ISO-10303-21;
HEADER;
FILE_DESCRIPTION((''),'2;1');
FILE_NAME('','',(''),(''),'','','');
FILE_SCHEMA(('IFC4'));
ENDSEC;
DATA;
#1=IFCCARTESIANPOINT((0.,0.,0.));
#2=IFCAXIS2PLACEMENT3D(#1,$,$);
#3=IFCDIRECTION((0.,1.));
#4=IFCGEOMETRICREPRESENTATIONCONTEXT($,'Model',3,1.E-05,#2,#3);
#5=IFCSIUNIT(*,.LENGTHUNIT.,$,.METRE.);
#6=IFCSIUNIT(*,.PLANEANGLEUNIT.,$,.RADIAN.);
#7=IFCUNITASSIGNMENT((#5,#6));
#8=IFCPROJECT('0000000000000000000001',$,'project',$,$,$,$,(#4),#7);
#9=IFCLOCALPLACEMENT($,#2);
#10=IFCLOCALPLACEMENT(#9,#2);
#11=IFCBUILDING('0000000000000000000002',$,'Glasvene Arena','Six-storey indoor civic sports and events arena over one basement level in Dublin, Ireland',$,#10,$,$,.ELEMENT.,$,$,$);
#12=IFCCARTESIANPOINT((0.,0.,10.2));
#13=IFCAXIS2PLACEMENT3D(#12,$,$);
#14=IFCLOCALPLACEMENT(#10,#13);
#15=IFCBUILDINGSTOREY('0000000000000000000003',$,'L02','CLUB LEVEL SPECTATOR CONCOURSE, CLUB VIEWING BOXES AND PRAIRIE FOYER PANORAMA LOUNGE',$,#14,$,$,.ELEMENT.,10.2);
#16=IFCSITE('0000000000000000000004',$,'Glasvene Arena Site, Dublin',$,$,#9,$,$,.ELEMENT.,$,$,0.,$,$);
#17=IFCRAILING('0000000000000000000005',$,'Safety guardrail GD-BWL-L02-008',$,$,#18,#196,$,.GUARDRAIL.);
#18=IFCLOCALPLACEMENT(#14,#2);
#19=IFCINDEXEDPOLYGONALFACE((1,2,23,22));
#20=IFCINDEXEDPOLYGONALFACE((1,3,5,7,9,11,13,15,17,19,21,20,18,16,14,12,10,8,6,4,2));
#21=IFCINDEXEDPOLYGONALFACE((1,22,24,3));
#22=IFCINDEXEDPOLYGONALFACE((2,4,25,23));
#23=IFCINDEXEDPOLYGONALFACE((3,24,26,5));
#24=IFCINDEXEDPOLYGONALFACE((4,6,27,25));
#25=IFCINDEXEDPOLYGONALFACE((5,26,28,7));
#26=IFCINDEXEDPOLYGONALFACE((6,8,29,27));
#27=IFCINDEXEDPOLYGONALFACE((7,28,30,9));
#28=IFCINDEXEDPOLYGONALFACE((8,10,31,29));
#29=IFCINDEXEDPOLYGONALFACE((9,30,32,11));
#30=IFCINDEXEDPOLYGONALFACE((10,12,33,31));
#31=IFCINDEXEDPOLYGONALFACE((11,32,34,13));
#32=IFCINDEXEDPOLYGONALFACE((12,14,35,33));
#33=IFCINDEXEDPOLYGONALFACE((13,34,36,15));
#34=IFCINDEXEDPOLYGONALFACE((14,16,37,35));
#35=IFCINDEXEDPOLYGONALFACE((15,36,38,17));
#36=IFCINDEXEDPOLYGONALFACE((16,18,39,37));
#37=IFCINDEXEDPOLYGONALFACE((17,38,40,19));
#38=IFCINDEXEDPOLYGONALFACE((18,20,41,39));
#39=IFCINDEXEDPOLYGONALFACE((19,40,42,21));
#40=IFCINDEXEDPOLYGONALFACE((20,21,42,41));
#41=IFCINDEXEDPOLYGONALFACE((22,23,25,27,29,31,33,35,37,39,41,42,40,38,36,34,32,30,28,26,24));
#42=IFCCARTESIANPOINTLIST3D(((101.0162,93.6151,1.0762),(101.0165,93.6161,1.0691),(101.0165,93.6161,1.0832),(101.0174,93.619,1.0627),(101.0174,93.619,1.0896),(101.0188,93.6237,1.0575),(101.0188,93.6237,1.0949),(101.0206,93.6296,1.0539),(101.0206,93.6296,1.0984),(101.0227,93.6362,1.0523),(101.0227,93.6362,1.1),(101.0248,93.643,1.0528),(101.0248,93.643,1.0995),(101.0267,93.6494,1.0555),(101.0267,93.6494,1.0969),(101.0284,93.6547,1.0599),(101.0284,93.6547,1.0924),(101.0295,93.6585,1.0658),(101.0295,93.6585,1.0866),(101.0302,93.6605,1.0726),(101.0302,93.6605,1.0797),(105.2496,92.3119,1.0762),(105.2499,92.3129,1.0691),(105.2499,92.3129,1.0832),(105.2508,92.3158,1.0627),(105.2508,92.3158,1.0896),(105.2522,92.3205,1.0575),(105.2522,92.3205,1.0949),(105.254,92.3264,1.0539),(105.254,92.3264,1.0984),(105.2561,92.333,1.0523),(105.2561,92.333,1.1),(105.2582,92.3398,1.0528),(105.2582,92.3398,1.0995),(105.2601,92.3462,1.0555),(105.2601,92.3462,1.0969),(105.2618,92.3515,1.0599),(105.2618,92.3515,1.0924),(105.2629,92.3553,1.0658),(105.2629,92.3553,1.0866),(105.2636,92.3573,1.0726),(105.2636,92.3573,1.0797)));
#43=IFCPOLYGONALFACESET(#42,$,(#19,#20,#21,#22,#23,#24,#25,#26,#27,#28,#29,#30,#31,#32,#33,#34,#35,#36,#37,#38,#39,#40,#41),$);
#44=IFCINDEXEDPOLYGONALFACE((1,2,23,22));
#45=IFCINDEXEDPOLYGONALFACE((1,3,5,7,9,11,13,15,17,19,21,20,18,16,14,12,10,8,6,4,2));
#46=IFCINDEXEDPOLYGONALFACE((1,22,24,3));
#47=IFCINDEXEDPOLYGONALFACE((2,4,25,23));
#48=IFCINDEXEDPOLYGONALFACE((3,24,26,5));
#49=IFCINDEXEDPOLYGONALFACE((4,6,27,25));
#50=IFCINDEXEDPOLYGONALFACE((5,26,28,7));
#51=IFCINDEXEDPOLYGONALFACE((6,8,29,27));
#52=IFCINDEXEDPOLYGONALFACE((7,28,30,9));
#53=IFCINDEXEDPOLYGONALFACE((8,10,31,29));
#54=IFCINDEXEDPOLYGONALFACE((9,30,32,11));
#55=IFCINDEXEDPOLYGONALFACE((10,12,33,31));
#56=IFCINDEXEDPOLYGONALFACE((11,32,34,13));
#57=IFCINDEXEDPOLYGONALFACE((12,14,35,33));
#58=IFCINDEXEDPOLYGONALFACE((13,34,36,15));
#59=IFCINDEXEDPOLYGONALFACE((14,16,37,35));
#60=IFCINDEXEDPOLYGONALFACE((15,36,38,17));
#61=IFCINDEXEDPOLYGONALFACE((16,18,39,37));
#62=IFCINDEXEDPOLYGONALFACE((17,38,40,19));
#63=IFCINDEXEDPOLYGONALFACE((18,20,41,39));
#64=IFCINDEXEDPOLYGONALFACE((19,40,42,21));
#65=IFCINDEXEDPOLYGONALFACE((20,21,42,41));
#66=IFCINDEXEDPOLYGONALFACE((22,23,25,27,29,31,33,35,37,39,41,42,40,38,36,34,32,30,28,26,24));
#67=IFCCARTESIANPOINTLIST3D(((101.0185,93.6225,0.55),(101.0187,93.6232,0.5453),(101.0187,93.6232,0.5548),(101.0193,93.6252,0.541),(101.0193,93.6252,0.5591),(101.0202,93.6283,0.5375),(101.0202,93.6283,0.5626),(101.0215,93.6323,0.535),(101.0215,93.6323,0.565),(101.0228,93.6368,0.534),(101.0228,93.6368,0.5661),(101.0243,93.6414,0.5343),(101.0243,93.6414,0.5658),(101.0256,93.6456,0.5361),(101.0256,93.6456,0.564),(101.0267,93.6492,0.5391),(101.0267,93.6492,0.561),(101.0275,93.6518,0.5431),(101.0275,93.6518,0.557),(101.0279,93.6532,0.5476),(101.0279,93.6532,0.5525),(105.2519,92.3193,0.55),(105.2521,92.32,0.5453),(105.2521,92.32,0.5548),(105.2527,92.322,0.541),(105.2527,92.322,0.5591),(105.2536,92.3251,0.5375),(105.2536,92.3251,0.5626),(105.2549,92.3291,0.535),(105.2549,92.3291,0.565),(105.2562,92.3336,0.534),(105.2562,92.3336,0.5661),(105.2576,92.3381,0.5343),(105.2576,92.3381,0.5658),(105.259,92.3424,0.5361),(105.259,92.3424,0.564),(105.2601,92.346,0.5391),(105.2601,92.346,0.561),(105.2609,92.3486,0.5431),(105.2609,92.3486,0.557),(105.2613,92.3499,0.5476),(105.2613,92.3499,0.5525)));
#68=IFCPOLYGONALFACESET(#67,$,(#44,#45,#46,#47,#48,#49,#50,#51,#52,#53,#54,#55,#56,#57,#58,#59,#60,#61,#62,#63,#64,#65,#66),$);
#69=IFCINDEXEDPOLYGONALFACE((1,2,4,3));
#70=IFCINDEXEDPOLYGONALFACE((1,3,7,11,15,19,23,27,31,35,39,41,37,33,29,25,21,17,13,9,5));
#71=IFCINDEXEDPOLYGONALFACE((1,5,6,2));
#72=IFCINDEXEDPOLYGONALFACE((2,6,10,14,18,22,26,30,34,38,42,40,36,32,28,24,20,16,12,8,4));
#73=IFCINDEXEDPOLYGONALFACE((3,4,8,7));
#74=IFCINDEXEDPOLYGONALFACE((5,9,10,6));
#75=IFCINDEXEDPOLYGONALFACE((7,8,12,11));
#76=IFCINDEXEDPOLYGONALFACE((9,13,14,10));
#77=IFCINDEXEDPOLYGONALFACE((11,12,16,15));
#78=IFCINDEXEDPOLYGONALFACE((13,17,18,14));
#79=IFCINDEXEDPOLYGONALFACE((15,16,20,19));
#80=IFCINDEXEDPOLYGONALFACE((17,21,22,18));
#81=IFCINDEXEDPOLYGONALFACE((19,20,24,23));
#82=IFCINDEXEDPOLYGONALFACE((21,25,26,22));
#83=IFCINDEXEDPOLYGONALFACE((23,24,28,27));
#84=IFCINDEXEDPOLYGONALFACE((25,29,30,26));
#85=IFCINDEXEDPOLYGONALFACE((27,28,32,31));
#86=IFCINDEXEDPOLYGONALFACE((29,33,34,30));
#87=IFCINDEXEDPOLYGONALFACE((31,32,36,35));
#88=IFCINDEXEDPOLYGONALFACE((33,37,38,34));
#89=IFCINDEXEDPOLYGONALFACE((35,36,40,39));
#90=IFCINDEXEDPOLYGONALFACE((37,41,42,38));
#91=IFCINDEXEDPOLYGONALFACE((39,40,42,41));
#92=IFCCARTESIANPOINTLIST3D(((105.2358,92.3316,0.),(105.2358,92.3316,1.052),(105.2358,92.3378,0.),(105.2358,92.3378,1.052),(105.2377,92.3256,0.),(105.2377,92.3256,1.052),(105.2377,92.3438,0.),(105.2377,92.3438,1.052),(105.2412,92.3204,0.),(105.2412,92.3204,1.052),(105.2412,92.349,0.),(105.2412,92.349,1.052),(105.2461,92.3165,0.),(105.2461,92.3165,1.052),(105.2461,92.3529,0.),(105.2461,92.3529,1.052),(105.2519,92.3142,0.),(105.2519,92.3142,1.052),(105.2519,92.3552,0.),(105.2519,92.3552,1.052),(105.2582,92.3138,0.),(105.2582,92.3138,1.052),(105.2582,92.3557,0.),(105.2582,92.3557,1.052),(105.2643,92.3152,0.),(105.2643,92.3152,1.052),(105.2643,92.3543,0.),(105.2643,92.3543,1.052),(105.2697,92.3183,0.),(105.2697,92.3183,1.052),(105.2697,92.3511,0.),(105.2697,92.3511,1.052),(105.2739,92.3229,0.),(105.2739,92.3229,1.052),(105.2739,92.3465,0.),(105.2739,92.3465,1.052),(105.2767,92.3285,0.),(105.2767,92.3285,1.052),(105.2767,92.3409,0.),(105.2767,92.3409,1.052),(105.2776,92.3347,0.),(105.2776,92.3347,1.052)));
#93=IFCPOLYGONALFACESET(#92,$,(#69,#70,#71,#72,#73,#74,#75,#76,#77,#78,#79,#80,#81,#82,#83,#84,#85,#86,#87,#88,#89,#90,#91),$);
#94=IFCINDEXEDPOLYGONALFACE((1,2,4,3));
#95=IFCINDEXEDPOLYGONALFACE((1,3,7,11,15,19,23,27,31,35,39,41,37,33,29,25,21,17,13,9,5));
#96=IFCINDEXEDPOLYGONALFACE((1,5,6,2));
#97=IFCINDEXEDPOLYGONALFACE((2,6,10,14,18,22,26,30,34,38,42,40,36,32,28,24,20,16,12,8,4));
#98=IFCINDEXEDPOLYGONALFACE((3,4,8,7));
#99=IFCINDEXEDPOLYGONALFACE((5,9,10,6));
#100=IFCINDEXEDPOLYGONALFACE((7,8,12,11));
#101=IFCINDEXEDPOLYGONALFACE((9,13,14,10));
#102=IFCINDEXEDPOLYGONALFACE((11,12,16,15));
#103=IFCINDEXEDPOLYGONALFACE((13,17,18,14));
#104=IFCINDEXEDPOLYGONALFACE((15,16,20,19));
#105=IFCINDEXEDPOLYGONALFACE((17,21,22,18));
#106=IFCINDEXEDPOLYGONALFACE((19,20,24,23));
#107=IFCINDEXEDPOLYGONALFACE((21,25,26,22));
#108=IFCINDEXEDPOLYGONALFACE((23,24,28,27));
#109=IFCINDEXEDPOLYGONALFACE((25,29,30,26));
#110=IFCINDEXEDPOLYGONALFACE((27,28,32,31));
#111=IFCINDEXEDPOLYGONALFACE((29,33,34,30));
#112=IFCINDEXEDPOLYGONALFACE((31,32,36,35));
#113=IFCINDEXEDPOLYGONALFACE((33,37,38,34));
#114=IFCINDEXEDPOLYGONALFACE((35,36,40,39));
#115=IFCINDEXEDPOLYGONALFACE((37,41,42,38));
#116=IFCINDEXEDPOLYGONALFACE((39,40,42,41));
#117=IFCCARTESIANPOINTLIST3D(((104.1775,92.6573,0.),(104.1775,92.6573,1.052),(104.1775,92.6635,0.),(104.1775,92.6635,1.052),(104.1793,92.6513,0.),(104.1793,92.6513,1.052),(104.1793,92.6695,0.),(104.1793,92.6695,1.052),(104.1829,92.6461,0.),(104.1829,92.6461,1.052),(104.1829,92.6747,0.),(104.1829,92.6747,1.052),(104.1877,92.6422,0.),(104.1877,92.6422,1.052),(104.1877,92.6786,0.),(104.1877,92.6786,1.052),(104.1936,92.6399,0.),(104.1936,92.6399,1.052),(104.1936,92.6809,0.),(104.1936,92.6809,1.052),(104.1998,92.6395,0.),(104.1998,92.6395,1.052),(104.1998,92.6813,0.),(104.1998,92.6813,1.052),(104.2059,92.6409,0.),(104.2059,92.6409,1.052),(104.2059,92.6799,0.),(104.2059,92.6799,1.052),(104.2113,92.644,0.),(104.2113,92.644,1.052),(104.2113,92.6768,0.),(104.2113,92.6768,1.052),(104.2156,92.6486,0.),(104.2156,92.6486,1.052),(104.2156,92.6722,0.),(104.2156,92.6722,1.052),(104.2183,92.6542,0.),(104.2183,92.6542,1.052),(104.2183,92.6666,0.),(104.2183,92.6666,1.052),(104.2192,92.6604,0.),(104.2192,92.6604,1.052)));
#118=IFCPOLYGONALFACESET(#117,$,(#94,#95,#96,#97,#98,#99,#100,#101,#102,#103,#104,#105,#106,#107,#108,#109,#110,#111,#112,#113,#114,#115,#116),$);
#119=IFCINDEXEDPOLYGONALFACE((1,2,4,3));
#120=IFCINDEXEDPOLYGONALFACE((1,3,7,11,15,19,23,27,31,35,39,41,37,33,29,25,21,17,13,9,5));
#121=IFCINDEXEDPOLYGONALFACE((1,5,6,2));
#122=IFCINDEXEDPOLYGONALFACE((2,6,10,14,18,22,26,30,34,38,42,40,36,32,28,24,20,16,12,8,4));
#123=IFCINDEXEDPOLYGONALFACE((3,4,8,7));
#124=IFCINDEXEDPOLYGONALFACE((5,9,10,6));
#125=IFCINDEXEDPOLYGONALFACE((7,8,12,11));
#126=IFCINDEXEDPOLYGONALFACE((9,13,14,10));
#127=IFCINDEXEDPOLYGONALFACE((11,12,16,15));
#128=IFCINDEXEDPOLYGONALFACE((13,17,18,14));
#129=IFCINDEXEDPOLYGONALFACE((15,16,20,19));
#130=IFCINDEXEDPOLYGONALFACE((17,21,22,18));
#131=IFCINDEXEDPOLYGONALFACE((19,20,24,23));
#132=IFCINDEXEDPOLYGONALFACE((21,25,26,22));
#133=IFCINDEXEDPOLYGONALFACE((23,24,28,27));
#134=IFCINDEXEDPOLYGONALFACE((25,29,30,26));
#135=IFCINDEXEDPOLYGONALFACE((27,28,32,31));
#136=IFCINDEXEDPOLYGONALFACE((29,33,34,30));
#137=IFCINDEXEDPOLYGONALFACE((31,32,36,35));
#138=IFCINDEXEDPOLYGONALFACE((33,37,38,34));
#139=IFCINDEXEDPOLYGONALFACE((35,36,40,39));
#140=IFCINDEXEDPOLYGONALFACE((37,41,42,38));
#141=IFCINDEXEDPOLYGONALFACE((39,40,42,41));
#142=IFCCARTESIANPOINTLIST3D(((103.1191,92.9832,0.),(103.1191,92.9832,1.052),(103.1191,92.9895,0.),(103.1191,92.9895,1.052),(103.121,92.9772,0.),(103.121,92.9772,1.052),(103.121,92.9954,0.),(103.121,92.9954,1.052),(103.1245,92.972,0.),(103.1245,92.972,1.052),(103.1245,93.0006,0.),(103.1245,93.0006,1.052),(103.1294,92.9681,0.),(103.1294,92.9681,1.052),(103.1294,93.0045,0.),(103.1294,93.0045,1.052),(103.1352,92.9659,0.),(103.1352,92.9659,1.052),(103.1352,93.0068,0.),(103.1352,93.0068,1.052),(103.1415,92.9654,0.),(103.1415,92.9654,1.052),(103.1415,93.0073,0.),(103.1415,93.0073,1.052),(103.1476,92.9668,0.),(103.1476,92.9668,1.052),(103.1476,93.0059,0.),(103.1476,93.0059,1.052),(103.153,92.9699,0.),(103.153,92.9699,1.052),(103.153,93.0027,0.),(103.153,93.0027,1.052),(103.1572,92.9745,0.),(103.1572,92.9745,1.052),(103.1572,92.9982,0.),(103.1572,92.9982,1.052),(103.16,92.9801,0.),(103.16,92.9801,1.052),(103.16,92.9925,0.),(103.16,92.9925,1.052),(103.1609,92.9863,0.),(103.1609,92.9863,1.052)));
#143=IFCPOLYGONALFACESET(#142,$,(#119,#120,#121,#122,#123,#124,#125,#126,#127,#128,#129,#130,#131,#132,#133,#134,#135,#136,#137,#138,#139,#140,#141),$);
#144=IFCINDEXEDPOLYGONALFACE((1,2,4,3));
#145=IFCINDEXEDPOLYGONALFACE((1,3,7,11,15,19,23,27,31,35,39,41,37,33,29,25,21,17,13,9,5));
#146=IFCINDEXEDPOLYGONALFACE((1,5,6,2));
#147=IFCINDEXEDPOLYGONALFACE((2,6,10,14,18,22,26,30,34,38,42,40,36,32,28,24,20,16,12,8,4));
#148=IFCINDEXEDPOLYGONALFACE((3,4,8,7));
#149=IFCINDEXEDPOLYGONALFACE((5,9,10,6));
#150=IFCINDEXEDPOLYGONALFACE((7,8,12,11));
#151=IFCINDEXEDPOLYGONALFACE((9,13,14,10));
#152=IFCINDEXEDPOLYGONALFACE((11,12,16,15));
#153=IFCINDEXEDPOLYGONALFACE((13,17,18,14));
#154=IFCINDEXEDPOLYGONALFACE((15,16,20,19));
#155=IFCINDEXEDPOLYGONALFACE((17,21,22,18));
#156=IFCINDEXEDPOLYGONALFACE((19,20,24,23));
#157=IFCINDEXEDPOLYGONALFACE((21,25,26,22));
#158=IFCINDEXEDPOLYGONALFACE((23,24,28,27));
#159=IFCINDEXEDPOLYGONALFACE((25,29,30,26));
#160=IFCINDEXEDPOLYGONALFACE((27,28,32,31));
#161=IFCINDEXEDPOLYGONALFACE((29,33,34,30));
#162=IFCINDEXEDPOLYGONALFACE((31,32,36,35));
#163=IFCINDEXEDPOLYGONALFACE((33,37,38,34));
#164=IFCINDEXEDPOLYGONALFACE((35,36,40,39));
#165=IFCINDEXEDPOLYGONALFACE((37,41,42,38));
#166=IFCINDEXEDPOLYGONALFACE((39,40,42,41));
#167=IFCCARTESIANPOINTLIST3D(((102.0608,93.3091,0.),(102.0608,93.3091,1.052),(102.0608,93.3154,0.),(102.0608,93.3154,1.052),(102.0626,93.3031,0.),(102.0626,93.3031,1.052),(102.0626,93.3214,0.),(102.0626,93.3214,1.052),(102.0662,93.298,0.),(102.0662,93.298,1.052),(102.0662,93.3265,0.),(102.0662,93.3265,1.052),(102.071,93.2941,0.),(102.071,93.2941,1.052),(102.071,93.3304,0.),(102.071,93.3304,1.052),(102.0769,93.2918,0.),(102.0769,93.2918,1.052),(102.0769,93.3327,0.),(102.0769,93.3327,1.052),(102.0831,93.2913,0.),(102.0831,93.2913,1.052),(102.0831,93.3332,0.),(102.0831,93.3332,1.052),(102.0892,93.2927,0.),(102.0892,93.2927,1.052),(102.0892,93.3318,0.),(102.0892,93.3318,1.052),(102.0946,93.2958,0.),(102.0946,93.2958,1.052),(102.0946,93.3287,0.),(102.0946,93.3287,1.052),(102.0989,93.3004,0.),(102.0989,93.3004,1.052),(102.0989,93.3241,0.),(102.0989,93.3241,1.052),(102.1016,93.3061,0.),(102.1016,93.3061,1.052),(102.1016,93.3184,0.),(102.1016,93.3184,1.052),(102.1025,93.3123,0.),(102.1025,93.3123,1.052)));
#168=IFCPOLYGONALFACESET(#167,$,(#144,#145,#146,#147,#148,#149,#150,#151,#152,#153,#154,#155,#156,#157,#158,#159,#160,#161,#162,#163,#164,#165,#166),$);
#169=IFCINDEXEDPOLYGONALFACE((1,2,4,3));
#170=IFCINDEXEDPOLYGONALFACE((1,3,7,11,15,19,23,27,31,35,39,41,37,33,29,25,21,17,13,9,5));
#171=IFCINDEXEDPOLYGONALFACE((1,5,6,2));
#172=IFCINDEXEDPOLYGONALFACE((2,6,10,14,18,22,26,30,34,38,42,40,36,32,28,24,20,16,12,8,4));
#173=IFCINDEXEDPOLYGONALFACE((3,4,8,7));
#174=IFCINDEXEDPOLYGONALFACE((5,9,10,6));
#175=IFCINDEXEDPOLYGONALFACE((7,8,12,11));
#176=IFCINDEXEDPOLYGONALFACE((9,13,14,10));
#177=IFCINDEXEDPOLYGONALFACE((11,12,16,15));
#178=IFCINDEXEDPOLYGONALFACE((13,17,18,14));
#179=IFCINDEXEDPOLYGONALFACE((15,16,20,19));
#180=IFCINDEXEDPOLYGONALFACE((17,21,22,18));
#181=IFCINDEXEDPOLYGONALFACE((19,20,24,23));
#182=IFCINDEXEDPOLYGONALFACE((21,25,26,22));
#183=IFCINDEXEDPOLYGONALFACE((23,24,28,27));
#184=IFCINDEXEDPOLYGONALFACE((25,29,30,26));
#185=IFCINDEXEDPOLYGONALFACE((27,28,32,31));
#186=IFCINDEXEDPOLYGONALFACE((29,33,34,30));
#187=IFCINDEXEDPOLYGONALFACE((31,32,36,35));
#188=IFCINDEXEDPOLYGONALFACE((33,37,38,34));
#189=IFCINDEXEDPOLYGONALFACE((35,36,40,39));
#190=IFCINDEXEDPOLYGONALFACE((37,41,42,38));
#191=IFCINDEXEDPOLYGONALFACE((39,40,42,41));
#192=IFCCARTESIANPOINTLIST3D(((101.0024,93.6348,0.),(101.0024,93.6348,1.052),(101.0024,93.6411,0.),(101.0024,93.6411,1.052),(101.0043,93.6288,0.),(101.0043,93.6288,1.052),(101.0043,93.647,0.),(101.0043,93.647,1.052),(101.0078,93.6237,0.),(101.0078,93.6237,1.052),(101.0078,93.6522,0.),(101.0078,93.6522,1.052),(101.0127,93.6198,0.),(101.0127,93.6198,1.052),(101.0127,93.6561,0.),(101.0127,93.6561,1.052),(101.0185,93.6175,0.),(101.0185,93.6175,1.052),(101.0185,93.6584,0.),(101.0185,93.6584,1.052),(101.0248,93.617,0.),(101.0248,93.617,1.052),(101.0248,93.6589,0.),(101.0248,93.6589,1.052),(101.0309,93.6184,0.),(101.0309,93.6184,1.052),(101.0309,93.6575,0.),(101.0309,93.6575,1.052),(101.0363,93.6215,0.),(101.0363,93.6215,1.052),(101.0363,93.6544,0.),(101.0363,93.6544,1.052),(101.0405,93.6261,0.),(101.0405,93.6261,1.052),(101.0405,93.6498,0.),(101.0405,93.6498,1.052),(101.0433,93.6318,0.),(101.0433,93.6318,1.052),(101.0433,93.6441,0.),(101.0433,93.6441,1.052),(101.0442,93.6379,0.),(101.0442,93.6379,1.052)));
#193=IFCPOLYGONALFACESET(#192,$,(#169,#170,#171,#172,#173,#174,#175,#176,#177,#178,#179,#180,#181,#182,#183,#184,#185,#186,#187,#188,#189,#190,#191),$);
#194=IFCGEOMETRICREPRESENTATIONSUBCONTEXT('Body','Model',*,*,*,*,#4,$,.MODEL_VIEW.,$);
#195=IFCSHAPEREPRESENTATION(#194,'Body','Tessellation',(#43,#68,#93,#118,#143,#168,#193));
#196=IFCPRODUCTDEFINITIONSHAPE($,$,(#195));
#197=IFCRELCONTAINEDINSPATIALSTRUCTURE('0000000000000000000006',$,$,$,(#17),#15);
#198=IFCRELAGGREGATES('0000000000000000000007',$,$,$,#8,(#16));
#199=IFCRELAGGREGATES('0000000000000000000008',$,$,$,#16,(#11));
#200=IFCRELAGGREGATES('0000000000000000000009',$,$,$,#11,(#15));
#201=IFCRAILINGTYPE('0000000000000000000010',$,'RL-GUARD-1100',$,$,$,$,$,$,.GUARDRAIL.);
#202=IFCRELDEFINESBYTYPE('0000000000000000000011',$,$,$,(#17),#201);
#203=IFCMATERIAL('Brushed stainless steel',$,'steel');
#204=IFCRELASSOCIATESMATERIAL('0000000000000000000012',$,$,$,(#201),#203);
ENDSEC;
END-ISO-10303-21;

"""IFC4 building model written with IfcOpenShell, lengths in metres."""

from ifc_helpers import new_model, si_unit, direction, frame, origin, origin_2d, place, context, subcontext, project, spatial, circle, extrude, material, type_object, element, save


model = new_model("IFC4")

# Units and contexts
model_context = context("Model", 3, precision=1e-05, world=origin(), true_north=direction((0.0, 1.0)))
body_context = subcontext(model_context, "Body", "Model", "MODEL_VIEW")
ifc_project = project(units=[si_unit("LENGTHUNIT", "METRE"), si_unit("PLANEANGLEUNIT", "RADIAN")], contexts=[model_context])

# Site, building, storey
site_placement = place(None, origin())
site = spatial("IfcSite", under=ifc_project, at=site_placement, Name="Glasvene Arena Site, Dublin", CompositionType="ELEMENT", RefElevation=0.0)
building_placement = place(site_placement, origin())
building = spatial("IfcBuilding", under=site, at=building_placement, Name="Glasvene Arena", Description="Six-storey indoor civic sports and events arena over one basement level in Dublin, Ireland", CompositionType="ELEMENT")
storey_placement = place(building_placement, frame((0.0, 0.0, 10.2)))
storey = spatial("IfcBuildingStorey", under=building, at=storey_placement, Name="L02", Description="CLUB LEVEL SPECTATOR CONCOURSE, CLUB VIEWING BOXES AND PRAIRIE FOYER PANORAMA LOUNGE", CompositionType="ELEMENT", Elevation=10.2)

# Railing
ifc_material_1 = material(Name="Brushed stainless steel", Category="steel")
railing_type = type_object("IfcRailingType", Name="RL-GUARD-1100", PredefinedType="GUARDRAIL", material=ifc_material_1)
railing_1_placement = place(storey_placement, frame((105.2566, 92.3347, 0.0)))
element("IfcRailing", 1, at=railing_1_placement, inside=storey, type_object=railing_type, Name="Safety guardrail GD-BWL-L02-008", PredefinedType="GUARDRAIL", context=body_context, shape_type="SweptSolid", body=[
    extrude(circle(Radius=0.0239, at=origin_2d()), frame((0.0, 0.0, 1.0762), z_axis=(-0.955738, 0.294218, 0.0), x_axis=(-0.294218, -0.955738, 0.0)), (0.0, 0.0, 1.0), 4.4294),
    extrude(circle(Radius=0.0161, at=origin_2d()), frame((0.0, 0.0, 0.55), z_axis=(-0.955738, 0.294218, 0.0), x_axis=(-0.294218, -0.955738, 0.0)), (0.0, 0.0, 1.0), 4.4294),
    extrude(circle(Radius=0.021, at=origin_2d()), origin(), (0.0, 0.0, 1.0), 1.052),
    extrude(circle(Radius=0.021, at=origin_2d()), frame((-1.0583, 0.3257, 0.0)), (0.0, 0.0, 1.0), 1.052),
    extrude(circle(Radius=0.021, at=origin_2d()), frame((-2.1167, 0.6516, 0.0)), (0.0, 0.0, 1.0), 1.052),
    extrude(circle(Radius=0.021, at=origin_2d()), frame((-3.175, 0.9775, 0.0)), (0.0, 0.0, 1.0), 1.052),
    extrude(circle(Radius=0.021, at=origin_2d()), frame((-4.2334, 1.3032, 0.0)), (0.0, 0.0, 1.0), 1.052),
])

save(model, "model.ifc")
